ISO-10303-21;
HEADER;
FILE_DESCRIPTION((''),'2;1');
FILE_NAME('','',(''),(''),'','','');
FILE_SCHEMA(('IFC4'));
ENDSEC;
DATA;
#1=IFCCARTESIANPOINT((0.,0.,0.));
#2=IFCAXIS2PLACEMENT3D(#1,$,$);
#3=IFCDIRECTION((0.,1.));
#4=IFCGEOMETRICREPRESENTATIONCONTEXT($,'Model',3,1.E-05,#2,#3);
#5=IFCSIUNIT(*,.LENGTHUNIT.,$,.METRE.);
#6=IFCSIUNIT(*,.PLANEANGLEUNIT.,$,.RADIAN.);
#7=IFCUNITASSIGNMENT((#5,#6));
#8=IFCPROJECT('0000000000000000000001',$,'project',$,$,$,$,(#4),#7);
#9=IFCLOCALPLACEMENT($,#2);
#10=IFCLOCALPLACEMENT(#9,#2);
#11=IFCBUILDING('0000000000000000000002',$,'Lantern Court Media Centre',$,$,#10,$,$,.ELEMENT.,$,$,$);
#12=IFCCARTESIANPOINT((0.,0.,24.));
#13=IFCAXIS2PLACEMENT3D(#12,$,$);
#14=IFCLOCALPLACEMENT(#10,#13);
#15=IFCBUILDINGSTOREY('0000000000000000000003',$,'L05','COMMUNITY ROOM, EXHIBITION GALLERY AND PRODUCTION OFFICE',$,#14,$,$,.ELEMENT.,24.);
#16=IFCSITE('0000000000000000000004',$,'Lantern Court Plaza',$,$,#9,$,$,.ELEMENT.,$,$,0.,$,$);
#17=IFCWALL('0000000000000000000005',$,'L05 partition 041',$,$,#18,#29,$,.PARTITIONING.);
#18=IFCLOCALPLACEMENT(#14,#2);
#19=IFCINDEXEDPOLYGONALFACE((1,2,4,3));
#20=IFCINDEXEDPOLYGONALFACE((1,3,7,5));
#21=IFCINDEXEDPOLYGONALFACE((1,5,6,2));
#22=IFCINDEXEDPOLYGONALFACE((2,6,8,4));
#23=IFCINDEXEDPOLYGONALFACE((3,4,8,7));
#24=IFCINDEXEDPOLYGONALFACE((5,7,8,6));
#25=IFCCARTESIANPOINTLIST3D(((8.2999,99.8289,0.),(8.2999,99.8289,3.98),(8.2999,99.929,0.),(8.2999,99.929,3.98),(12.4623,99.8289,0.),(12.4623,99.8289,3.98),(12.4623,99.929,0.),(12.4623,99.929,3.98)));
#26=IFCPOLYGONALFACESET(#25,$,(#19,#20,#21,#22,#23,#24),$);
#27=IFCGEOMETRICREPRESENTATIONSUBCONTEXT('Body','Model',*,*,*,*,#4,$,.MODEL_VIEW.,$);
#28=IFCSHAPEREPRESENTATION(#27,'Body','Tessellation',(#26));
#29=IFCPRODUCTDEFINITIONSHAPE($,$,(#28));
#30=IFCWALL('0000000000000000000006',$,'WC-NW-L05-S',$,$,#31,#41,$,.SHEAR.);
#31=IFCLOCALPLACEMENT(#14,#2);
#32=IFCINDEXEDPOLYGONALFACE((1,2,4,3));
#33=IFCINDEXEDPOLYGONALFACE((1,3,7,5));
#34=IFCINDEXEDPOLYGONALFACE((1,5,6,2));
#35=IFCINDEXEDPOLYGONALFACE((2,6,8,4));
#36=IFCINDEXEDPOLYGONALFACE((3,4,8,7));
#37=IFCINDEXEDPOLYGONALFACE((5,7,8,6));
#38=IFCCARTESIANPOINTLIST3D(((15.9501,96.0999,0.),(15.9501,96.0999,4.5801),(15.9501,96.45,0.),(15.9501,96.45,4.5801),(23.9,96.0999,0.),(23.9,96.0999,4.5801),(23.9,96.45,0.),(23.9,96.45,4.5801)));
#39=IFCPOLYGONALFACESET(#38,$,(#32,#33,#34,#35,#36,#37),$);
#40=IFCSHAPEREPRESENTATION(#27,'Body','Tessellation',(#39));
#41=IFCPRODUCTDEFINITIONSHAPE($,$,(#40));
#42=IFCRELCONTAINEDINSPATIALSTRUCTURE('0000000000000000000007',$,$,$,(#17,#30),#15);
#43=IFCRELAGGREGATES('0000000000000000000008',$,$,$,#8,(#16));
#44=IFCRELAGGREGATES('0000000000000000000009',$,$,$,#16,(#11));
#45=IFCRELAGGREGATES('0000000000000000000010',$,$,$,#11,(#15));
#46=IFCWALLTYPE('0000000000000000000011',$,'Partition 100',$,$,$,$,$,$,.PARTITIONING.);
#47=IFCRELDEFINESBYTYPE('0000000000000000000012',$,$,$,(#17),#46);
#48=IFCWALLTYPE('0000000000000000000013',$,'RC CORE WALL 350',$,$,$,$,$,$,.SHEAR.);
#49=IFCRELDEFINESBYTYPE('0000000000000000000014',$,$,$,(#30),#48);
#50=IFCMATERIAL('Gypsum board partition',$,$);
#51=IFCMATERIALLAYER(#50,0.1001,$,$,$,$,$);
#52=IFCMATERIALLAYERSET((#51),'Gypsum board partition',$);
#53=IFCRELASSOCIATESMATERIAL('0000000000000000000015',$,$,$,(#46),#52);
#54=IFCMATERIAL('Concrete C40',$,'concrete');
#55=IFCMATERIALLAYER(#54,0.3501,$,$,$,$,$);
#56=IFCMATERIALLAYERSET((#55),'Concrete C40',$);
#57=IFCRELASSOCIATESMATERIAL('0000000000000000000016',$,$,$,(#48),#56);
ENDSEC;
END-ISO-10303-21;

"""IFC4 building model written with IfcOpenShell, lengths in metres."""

from ifc_helpers import new_model, si_unit, direction, frame, frame_2d, origin, place, context, subcontext, project, spatial, rectangle, extrude, material, layer, layer_set, type_object, element, save


model = new_model("IFC4")

# Units and contexts
model_context = context("Model", 3, precision=1e-05, world=origin(), true_north=direction((0.0, 1.0)))
body_context = subcontext(model_context, "Body", "Model", "MODEL_VIEW")
ifc_project = project(units=[si_unit("LENGTHUNIT", "METRE"), si_unit("PLANEANGLEUNIT", "RADIAN")], contexts=[model_context])

# Site, building, storey
site_placement = place(None, origin())
site = spatial("IfcSite", under=ifc_project, at=site_placement, Name="Lantern Court Plaza", CompositionType="ELEMENT", RefElevation=0.0)
building_placement = place(site_placement, origin())
building = spatial("IfcBuilding", under=site, at=building_placement, Name="Lantern Court Media Centre", CompositionType="ELEMENT")
storey_placement = place(building_placement, frame((0.0, 0.0, 24.0)))
storey = spatial("IfcBuildingStorey", under=building, at=storey_placement, Name="L05", Description="COMMUNITY ROOM, EXHIBITION GALLERY AND PRODUCTION OFFICE", CompositionType="ELEMENT", Elevation=24.0)

# Shared definitions
ifc_material_1 = material(Name="Gypsum board partition")

# Walls
ifc_layer_1 = layer(ifc_material_1, 0.1001)
ifc_layer_set_1 = layer_set([ifc_layer_1], Name="Gypsum board partition")
wall_type_1 = type_object("IfcWallType", Name="Partition 100", PredefinedType="PARTITIONING", material=ifc_layer_set_1)
wall_1_placement = place(storey_placement, frame((8.3, 99.8789, 0.0), z_axis=(0.0, 0.0, 1.0), x_axis=(1.0, 0.0, 0.0)))
element("IfcWall", 1, at=wall_1_placement, inside=storey, type_object=wall_type_1, Name="L05 partition 041", PredefinedType="PARTITIONING", context=body_context, shape_type="SweptSolid", body=[
    extrude(rectangle(XDim=4.1624, YDim=0.1001, at=frame_2d((2.0811, 0.0))), origin(), (0.0, 0.0, 1.0), 3.98),
])
ifc_material_2 = material(Name="Concrete C40", Category="concrete")
ifc_layer_2 = layer(ifc_material_2, 0.3501)
ifc_layer_set_2 = layer_set([ifc_layer_2], Name="Concrete C40")
wall_type_2 = type_object("IfcWallType", Name="RC CORE WALL 350", PredefinedType="SHEAR", material=ifc_layer_set_2)
wall_2_placement = place(storey_placement, frame((15.95, 96.2749, 0.0), z_axis=(0.0, 0.0, 1.0), x_axis=(1.0, 0.0, 0.0)))
element("IfcWall", 2, at=wall_2_placement, inside=storey, type_object=wall_type_2, Name="WC-NW-L05-S", PredefinedType="SHEAR", context=body_context, shape_type="SweptSolid", body=[
    extrude(rectangle(XDim=7.95, YDim=0.3501, at=frame_2d((3.9751, 0.0))), origin(), (0.0, 0.0, 1.0), 4.5801),
])

save(model, "model.ifc")
